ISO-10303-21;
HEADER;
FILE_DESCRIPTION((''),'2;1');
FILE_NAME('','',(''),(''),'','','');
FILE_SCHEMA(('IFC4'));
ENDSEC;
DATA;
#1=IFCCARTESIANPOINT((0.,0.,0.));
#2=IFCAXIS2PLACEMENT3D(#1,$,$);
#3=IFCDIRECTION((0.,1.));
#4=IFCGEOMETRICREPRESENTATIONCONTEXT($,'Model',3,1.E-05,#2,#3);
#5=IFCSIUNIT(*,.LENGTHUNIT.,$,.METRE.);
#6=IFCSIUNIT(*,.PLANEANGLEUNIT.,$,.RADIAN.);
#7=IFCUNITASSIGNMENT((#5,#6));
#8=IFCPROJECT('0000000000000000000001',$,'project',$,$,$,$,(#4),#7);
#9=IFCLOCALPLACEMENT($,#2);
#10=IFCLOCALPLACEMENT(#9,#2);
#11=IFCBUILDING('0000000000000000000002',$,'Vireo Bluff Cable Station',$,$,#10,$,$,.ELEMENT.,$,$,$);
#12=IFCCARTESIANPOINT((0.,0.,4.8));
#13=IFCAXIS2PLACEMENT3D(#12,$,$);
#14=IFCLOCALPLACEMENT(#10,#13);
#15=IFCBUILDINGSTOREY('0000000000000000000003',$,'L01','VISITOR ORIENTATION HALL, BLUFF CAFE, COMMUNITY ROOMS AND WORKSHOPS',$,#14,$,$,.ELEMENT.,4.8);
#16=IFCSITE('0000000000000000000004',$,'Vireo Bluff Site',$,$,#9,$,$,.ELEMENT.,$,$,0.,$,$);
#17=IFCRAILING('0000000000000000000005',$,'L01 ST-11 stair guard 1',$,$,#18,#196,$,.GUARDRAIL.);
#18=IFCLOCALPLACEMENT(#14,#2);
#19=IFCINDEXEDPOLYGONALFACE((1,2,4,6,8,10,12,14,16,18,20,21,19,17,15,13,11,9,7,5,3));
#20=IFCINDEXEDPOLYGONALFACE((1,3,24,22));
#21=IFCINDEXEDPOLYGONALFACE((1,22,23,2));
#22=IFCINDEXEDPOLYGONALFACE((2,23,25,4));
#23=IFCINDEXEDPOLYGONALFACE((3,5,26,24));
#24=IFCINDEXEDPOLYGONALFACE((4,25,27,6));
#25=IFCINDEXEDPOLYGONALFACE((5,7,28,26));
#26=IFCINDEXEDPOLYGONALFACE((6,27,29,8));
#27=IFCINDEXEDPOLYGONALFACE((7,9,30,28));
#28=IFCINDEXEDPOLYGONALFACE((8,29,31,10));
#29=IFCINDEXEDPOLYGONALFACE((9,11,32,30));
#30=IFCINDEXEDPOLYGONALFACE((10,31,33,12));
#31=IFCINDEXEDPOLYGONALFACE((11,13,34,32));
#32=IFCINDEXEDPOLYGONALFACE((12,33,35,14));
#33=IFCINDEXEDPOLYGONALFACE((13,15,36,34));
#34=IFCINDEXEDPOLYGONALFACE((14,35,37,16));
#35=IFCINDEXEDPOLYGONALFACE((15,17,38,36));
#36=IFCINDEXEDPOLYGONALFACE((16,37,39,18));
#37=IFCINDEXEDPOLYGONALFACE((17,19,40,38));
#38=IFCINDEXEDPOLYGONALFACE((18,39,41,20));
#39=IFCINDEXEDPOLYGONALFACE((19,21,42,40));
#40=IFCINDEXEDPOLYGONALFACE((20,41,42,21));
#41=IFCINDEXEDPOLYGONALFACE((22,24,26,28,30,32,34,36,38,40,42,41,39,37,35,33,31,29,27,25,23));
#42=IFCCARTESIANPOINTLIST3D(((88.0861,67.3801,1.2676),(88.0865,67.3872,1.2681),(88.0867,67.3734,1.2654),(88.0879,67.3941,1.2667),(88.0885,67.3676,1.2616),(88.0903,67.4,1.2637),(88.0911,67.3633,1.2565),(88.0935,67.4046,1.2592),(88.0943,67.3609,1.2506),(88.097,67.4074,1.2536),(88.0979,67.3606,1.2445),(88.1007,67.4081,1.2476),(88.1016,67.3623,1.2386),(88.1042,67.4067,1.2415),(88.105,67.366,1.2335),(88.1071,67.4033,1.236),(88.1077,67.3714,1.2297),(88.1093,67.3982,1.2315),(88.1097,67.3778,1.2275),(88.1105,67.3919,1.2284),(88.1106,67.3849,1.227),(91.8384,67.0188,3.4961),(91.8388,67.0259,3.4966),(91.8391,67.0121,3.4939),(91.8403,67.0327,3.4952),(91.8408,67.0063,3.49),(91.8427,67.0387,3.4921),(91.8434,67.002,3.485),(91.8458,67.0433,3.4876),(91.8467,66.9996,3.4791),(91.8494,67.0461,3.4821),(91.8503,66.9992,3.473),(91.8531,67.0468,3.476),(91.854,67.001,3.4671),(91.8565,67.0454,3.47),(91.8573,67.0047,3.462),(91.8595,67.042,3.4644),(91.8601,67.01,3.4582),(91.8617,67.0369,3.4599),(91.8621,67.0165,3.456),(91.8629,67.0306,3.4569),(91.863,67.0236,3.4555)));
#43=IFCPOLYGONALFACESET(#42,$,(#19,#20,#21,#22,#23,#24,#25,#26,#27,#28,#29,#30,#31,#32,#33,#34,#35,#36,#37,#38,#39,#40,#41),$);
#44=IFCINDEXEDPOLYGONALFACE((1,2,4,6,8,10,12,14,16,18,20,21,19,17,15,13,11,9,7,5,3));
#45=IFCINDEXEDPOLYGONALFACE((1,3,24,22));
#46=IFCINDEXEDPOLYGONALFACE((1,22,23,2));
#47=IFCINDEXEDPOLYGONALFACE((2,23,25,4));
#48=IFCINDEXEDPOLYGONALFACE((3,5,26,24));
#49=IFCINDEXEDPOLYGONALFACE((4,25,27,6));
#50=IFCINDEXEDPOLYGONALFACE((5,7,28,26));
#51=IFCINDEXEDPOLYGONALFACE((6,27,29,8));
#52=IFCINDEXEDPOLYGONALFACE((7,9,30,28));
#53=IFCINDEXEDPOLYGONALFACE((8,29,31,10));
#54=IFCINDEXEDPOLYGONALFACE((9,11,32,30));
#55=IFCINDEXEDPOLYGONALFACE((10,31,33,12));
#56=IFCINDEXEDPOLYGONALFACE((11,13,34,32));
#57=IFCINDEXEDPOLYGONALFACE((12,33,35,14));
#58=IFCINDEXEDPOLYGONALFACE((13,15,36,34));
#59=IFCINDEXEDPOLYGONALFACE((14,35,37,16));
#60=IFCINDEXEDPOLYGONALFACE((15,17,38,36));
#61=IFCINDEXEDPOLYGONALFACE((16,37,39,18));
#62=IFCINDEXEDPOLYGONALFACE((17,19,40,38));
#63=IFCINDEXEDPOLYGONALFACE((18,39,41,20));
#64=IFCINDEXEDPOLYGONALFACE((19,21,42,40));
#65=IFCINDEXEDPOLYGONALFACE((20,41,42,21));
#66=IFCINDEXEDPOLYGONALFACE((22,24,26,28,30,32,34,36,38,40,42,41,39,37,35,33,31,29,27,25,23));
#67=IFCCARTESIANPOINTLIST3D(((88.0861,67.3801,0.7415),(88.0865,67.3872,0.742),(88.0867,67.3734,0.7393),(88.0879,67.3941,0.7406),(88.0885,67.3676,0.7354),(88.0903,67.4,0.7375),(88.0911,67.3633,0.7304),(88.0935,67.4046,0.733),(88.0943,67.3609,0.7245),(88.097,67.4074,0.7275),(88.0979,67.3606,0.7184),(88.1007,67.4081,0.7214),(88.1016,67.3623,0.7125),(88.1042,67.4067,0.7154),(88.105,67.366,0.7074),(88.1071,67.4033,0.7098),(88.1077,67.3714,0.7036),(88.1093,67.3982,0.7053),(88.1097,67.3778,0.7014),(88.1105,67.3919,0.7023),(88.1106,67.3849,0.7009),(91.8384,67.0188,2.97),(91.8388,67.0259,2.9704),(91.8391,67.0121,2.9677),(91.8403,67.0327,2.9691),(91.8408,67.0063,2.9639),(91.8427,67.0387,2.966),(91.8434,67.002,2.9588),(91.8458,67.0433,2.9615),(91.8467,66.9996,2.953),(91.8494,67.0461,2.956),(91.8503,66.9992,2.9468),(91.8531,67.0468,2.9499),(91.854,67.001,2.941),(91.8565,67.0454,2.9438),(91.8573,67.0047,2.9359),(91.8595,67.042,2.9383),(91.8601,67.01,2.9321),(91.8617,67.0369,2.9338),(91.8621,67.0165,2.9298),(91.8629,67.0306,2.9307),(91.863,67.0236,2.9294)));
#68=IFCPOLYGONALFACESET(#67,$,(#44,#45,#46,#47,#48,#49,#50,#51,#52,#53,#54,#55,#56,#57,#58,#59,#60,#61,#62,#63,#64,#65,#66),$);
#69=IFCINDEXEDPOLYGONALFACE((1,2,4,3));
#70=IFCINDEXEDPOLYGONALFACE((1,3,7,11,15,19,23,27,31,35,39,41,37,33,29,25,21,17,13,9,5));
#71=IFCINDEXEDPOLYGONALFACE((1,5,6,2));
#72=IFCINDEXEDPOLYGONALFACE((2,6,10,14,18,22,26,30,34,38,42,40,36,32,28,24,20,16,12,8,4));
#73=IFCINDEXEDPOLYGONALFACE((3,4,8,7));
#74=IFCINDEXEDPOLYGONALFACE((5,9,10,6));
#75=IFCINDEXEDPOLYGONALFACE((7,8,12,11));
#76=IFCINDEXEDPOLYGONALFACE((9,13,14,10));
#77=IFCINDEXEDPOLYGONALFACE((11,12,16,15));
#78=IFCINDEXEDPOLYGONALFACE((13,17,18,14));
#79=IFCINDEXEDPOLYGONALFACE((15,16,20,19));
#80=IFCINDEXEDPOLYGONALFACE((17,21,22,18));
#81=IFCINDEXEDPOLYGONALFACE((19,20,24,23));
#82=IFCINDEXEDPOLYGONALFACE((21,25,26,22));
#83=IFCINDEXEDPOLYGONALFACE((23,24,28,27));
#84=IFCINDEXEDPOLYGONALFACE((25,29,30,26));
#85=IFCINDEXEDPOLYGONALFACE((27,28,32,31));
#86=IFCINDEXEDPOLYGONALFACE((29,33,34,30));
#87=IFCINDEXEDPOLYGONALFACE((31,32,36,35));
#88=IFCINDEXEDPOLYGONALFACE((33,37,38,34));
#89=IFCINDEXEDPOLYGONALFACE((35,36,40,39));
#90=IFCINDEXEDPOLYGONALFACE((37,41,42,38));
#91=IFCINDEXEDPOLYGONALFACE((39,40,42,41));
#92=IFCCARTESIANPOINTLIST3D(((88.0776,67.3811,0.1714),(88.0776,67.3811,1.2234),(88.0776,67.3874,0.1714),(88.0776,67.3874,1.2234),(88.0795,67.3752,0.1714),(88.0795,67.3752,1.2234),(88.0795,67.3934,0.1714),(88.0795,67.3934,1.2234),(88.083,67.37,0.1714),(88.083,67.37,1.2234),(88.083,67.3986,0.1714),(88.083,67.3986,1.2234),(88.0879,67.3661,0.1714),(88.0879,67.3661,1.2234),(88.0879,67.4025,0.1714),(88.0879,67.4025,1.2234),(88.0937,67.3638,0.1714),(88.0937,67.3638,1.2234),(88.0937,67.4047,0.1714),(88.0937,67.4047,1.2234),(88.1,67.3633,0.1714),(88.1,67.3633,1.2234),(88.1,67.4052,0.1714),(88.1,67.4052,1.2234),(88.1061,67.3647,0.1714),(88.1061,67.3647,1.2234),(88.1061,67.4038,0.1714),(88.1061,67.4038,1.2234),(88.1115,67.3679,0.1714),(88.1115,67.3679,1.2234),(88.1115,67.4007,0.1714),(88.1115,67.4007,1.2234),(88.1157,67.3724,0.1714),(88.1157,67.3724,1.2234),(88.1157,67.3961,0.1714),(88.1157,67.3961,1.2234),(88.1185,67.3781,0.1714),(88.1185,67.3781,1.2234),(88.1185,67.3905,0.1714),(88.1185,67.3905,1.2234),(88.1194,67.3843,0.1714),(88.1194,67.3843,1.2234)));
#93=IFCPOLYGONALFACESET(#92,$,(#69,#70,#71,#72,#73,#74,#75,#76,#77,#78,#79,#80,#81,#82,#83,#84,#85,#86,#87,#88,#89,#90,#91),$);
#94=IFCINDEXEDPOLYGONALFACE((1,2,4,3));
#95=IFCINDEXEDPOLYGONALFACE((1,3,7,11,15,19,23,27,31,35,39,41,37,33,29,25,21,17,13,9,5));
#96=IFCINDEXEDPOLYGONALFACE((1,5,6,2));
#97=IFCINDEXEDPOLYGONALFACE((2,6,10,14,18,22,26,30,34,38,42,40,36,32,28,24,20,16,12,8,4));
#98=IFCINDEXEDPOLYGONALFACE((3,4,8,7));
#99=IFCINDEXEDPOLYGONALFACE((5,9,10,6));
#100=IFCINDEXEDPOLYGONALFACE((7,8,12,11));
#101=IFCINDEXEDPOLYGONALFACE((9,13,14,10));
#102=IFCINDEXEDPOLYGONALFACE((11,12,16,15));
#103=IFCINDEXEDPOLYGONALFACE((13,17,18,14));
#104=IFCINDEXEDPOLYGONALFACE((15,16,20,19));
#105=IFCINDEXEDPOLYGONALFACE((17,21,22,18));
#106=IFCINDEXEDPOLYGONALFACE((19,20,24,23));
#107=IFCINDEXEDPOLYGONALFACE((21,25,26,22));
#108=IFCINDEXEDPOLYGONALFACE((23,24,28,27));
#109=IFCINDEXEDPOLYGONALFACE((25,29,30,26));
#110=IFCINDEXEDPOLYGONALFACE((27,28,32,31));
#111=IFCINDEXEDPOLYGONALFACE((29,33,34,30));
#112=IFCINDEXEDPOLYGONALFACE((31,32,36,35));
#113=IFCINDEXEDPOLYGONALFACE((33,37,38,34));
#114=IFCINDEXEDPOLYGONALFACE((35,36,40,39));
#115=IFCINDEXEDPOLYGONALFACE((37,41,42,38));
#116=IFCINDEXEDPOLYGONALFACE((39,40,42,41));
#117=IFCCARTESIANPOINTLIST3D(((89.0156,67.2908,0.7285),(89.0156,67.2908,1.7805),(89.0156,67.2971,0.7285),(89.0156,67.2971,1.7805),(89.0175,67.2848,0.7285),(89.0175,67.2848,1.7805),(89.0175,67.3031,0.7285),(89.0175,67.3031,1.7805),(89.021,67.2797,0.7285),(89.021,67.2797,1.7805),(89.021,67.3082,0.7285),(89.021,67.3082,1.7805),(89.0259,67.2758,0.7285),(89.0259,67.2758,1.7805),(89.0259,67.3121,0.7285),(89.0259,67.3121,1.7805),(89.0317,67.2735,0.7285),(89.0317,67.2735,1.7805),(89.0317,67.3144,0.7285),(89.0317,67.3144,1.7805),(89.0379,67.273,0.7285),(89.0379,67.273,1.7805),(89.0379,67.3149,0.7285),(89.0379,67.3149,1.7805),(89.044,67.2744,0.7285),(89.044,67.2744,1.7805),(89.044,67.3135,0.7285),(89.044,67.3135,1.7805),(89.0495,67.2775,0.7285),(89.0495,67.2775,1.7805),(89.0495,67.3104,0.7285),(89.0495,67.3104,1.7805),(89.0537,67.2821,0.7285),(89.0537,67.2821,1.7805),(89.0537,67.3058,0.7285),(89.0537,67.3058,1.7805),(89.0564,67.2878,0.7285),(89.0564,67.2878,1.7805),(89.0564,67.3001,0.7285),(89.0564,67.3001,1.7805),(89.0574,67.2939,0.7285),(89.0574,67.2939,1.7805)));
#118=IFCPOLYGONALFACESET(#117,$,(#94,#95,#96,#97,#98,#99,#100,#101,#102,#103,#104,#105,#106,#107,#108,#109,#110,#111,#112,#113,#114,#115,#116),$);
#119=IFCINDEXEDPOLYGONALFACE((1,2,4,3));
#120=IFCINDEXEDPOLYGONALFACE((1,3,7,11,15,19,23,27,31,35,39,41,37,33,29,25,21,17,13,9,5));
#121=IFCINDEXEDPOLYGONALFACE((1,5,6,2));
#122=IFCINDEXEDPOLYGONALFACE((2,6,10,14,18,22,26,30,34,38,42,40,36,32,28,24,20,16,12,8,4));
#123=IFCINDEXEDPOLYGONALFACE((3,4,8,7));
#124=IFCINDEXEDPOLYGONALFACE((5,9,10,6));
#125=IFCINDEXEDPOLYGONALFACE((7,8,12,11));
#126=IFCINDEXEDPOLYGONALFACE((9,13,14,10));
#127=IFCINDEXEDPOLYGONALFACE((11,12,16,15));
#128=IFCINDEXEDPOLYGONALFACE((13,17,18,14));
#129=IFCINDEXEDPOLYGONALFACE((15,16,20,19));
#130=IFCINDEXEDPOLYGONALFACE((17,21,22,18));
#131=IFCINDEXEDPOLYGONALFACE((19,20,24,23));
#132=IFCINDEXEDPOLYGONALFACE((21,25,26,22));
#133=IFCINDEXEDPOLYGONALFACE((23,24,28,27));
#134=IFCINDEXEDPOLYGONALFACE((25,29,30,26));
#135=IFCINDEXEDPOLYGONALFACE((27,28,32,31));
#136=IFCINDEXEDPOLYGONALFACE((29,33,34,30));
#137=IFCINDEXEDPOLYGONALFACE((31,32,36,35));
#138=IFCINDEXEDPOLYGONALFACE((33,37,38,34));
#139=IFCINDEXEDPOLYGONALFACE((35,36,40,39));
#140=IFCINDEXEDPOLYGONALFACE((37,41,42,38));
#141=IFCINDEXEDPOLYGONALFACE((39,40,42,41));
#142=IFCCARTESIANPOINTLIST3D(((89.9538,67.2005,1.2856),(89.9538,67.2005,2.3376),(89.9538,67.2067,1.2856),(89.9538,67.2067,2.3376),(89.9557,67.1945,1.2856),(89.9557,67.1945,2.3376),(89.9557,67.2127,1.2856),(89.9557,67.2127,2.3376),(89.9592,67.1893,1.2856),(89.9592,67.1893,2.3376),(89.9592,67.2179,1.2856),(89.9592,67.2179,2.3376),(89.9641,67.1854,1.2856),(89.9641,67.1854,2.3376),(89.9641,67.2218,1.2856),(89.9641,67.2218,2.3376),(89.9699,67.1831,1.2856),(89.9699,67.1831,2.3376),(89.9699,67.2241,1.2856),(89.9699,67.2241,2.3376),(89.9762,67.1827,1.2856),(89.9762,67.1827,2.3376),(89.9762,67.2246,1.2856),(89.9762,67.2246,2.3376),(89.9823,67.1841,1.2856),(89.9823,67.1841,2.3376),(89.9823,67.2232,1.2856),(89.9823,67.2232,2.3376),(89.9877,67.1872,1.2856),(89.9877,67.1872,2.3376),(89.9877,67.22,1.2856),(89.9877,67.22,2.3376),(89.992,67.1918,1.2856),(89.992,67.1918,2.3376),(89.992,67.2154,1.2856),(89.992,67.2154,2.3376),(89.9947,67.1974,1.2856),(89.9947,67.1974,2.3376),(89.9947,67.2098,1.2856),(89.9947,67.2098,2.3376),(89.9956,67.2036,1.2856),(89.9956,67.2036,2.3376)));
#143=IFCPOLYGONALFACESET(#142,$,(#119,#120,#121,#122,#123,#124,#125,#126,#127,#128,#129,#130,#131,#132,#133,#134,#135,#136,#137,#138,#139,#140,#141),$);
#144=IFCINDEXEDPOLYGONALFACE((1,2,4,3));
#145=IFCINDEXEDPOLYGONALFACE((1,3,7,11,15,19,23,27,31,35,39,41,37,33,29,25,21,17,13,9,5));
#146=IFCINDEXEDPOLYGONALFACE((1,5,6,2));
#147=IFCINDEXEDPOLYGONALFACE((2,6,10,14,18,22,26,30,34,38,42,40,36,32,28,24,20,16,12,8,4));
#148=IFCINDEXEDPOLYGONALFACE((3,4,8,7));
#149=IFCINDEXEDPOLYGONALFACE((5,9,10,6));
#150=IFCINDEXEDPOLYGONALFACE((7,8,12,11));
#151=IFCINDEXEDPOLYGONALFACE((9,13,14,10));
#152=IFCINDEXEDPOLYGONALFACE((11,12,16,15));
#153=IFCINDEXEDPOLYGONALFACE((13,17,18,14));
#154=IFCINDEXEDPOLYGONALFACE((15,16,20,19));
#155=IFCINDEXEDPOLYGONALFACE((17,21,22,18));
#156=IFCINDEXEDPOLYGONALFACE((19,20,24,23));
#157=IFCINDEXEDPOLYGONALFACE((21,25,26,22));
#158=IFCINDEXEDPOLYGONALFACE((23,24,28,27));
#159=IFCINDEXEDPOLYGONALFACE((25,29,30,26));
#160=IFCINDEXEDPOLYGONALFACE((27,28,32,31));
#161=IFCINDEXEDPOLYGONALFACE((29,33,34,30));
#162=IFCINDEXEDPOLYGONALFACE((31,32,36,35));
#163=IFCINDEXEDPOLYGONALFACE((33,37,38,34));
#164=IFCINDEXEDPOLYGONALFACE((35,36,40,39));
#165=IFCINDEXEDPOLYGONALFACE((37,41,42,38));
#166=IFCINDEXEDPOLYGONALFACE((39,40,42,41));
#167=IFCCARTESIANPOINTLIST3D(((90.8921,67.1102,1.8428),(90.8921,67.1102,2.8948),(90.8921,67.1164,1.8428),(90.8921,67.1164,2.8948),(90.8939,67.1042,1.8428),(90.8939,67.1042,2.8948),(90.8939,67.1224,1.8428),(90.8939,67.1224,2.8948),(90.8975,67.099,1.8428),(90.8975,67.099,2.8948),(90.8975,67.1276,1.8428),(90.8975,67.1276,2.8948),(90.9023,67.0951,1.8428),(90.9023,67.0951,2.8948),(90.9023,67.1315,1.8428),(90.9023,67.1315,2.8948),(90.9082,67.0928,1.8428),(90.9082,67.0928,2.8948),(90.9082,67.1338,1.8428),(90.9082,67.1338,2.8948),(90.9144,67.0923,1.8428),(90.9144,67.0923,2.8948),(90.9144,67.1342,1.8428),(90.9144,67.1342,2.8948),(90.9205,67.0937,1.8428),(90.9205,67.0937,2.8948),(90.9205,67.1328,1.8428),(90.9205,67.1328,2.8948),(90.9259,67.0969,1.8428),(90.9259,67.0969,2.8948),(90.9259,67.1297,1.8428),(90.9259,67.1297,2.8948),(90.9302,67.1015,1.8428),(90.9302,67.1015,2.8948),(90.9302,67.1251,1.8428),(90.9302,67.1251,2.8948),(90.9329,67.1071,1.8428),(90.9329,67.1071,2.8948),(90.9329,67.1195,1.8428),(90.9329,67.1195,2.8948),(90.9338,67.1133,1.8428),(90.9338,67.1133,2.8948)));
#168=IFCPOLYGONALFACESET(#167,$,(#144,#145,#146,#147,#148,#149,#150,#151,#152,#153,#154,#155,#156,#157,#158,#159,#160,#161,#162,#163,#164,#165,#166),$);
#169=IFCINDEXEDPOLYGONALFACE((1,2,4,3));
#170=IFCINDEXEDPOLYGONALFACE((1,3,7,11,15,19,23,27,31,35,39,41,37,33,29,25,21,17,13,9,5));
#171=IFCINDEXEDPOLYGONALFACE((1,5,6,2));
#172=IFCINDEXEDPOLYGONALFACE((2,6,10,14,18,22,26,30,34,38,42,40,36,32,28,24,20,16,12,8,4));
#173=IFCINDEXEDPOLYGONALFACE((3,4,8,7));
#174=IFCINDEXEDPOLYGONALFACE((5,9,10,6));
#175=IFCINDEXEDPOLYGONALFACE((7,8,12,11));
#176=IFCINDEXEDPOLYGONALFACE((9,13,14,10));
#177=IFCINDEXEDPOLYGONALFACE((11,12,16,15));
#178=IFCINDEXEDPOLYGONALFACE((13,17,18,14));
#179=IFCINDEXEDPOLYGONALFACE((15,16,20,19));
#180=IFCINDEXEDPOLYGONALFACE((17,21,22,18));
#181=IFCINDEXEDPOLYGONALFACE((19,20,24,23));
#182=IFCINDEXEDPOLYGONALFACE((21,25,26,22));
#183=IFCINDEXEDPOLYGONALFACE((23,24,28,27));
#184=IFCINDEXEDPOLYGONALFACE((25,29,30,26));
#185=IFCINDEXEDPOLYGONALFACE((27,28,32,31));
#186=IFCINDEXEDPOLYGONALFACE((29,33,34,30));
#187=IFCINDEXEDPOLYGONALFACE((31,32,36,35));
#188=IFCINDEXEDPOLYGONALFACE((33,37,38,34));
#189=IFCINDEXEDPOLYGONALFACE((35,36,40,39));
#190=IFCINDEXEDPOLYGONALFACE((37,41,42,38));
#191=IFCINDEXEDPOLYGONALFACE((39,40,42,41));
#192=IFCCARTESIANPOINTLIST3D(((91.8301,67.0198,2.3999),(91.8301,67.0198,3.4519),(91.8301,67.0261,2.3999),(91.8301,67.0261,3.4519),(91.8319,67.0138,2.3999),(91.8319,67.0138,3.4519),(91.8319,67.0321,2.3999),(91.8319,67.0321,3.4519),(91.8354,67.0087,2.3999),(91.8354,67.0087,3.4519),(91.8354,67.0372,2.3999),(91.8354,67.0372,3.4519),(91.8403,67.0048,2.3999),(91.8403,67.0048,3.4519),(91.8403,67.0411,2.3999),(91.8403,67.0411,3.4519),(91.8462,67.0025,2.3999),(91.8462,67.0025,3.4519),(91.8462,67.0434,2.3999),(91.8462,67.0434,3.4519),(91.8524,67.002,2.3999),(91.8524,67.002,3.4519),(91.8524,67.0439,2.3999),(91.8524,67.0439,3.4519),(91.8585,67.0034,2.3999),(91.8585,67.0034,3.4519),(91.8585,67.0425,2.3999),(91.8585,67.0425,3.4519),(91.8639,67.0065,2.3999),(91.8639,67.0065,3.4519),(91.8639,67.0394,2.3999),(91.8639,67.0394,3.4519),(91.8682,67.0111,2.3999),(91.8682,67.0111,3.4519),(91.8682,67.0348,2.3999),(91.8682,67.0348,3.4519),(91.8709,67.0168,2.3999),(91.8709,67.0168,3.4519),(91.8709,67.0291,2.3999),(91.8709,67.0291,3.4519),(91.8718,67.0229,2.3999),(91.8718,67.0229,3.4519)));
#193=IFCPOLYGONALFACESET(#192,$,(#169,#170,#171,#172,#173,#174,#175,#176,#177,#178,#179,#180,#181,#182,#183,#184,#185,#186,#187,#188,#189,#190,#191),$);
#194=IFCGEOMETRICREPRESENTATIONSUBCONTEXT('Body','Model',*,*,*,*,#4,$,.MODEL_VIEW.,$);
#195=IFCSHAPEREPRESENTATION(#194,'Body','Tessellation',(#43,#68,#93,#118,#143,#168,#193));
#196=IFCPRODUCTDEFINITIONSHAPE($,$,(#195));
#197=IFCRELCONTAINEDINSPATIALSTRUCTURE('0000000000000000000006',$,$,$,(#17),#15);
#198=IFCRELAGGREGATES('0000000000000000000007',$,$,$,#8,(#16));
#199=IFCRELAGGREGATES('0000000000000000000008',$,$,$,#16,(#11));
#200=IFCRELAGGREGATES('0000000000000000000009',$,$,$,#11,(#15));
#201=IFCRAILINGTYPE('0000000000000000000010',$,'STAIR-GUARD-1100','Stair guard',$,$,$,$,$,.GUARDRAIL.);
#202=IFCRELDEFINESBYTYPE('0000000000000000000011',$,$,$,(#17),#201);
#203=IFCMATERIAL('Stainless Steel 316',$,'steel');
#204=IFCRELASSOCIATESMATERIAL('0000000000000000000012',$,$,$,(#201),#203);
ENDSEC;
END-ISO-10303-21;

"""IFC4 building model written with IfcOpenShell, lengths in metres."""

from ifc_helpers import new_model, si_unit, direction, frame, origin, origin_2d, place, context, subcontext, project, spatial, circle, extrude, material, type_object, element, save


model = new_model("IFC4")

# Units and contexts
model_context = context("Model", 3, precision=1e-05, world=origin(), true_north=direction((0.0, 1.0)))
body_context = subcontext(model_context, "Body", "Model", "MODEL_VIEW")
ifc_project = project(units=[si_unit("LENGTHUNIT", "METRE"), si_unit("PLANEANGLEUNIT", "RADIAN")], contexts=[model_context])

# Site, building, storey
site_placement = place(None, origin())
site = spatial("IfcSite", under=ifc_project, at=site_placement, Name="Vireo Bluff Site", CompositionType="ELEMENT", RefElevation=0.0)
building_placement = place(site_placement, origin())
building = spatial("IfcBuilding", under=site, at=building_placement, Name="Vireo Bluff Cable Station", CompositionType="ELEMENT")
storey_placement = place(building_placement, frame((0.0, 0.0, 4.8)))
storey = spatial("IfcBuildingStorey", under=building, at=storey_placement, Name="L01", Description="VISITOR ORIENTATION HALL, BLUFF CAFE, COMMUNITY ROOMS AND WORKSHOPS", CompositionType="ELEMENT", Elevation=4.8)

# Railing
ifc_material_1 = material(Name="Stainless Steel 316", Category="steel")
railing_type_1 = type_object("IfcRailingType", Name="STAIR-GUARD-1100", Description="Stair guard", PredefinedType="GUARDRAIL", material=ifc_material_1)
railing_1_placement = place(storey_placement, frame((88.0984, 67.3843, 0.1714)))
element("IfcRailing", 1, at=railing_1_placement, inside=storey, type_object=railing_type_1, Name="L01 ST-11 stair guard 1", PredefinedType="GUARDRAIL", context=body_context, shape_type="SweptSolid", body=[
    extrude(circle(Radius=0.0239, at=origin_2d()), frame((0.0, 0.0, 1.0762), z_axis=(0.856872, -0.08251, 0.508883), x_axis=(0.095848, 0.995396, 0.0)), (0.0, 0.0, 1.0), 4.3792),
    extrude(circle(Radius=0.0239, at=origin_2d()), frame((0.0, 0.0, 0.55), z_axis=(0.856872, -0.08251, 0.508883), x_axis=(0.095848, 0.995396, 0.0)), (0.0, 0.0, 1.0), 4.3792),
    extrude(circle(Radius=0.021, at=origin_2d()), origin(), (0.0, 0.0, 1.0), 1.052),
    extrude(circle(Radius=0.021, at=origin_2d()), frame((0.938, -0.0903, 0.5571)), (0.0, 0.0, 1.0), 1.052),
    extrude(circle(Radius=0.021, at=origin_2d()), frame((1.8762, -0.1807, 1.1143)), (0.0, 0.0, 1.0), 1.052),
    extrude(circle(Radius=0.021, at=origin_2d()), frame((2.8145, -0.271, 1.6714)), (0.0, 0.0, 1.0), 1.052),
    extrude(circle(Radius=0.021, at=origin_2d()), frame((3.7524, -0.3613, 2.2285)), (0.0, 0.0, 1.0), 1.052),
])

save(model, "model.ifc")
